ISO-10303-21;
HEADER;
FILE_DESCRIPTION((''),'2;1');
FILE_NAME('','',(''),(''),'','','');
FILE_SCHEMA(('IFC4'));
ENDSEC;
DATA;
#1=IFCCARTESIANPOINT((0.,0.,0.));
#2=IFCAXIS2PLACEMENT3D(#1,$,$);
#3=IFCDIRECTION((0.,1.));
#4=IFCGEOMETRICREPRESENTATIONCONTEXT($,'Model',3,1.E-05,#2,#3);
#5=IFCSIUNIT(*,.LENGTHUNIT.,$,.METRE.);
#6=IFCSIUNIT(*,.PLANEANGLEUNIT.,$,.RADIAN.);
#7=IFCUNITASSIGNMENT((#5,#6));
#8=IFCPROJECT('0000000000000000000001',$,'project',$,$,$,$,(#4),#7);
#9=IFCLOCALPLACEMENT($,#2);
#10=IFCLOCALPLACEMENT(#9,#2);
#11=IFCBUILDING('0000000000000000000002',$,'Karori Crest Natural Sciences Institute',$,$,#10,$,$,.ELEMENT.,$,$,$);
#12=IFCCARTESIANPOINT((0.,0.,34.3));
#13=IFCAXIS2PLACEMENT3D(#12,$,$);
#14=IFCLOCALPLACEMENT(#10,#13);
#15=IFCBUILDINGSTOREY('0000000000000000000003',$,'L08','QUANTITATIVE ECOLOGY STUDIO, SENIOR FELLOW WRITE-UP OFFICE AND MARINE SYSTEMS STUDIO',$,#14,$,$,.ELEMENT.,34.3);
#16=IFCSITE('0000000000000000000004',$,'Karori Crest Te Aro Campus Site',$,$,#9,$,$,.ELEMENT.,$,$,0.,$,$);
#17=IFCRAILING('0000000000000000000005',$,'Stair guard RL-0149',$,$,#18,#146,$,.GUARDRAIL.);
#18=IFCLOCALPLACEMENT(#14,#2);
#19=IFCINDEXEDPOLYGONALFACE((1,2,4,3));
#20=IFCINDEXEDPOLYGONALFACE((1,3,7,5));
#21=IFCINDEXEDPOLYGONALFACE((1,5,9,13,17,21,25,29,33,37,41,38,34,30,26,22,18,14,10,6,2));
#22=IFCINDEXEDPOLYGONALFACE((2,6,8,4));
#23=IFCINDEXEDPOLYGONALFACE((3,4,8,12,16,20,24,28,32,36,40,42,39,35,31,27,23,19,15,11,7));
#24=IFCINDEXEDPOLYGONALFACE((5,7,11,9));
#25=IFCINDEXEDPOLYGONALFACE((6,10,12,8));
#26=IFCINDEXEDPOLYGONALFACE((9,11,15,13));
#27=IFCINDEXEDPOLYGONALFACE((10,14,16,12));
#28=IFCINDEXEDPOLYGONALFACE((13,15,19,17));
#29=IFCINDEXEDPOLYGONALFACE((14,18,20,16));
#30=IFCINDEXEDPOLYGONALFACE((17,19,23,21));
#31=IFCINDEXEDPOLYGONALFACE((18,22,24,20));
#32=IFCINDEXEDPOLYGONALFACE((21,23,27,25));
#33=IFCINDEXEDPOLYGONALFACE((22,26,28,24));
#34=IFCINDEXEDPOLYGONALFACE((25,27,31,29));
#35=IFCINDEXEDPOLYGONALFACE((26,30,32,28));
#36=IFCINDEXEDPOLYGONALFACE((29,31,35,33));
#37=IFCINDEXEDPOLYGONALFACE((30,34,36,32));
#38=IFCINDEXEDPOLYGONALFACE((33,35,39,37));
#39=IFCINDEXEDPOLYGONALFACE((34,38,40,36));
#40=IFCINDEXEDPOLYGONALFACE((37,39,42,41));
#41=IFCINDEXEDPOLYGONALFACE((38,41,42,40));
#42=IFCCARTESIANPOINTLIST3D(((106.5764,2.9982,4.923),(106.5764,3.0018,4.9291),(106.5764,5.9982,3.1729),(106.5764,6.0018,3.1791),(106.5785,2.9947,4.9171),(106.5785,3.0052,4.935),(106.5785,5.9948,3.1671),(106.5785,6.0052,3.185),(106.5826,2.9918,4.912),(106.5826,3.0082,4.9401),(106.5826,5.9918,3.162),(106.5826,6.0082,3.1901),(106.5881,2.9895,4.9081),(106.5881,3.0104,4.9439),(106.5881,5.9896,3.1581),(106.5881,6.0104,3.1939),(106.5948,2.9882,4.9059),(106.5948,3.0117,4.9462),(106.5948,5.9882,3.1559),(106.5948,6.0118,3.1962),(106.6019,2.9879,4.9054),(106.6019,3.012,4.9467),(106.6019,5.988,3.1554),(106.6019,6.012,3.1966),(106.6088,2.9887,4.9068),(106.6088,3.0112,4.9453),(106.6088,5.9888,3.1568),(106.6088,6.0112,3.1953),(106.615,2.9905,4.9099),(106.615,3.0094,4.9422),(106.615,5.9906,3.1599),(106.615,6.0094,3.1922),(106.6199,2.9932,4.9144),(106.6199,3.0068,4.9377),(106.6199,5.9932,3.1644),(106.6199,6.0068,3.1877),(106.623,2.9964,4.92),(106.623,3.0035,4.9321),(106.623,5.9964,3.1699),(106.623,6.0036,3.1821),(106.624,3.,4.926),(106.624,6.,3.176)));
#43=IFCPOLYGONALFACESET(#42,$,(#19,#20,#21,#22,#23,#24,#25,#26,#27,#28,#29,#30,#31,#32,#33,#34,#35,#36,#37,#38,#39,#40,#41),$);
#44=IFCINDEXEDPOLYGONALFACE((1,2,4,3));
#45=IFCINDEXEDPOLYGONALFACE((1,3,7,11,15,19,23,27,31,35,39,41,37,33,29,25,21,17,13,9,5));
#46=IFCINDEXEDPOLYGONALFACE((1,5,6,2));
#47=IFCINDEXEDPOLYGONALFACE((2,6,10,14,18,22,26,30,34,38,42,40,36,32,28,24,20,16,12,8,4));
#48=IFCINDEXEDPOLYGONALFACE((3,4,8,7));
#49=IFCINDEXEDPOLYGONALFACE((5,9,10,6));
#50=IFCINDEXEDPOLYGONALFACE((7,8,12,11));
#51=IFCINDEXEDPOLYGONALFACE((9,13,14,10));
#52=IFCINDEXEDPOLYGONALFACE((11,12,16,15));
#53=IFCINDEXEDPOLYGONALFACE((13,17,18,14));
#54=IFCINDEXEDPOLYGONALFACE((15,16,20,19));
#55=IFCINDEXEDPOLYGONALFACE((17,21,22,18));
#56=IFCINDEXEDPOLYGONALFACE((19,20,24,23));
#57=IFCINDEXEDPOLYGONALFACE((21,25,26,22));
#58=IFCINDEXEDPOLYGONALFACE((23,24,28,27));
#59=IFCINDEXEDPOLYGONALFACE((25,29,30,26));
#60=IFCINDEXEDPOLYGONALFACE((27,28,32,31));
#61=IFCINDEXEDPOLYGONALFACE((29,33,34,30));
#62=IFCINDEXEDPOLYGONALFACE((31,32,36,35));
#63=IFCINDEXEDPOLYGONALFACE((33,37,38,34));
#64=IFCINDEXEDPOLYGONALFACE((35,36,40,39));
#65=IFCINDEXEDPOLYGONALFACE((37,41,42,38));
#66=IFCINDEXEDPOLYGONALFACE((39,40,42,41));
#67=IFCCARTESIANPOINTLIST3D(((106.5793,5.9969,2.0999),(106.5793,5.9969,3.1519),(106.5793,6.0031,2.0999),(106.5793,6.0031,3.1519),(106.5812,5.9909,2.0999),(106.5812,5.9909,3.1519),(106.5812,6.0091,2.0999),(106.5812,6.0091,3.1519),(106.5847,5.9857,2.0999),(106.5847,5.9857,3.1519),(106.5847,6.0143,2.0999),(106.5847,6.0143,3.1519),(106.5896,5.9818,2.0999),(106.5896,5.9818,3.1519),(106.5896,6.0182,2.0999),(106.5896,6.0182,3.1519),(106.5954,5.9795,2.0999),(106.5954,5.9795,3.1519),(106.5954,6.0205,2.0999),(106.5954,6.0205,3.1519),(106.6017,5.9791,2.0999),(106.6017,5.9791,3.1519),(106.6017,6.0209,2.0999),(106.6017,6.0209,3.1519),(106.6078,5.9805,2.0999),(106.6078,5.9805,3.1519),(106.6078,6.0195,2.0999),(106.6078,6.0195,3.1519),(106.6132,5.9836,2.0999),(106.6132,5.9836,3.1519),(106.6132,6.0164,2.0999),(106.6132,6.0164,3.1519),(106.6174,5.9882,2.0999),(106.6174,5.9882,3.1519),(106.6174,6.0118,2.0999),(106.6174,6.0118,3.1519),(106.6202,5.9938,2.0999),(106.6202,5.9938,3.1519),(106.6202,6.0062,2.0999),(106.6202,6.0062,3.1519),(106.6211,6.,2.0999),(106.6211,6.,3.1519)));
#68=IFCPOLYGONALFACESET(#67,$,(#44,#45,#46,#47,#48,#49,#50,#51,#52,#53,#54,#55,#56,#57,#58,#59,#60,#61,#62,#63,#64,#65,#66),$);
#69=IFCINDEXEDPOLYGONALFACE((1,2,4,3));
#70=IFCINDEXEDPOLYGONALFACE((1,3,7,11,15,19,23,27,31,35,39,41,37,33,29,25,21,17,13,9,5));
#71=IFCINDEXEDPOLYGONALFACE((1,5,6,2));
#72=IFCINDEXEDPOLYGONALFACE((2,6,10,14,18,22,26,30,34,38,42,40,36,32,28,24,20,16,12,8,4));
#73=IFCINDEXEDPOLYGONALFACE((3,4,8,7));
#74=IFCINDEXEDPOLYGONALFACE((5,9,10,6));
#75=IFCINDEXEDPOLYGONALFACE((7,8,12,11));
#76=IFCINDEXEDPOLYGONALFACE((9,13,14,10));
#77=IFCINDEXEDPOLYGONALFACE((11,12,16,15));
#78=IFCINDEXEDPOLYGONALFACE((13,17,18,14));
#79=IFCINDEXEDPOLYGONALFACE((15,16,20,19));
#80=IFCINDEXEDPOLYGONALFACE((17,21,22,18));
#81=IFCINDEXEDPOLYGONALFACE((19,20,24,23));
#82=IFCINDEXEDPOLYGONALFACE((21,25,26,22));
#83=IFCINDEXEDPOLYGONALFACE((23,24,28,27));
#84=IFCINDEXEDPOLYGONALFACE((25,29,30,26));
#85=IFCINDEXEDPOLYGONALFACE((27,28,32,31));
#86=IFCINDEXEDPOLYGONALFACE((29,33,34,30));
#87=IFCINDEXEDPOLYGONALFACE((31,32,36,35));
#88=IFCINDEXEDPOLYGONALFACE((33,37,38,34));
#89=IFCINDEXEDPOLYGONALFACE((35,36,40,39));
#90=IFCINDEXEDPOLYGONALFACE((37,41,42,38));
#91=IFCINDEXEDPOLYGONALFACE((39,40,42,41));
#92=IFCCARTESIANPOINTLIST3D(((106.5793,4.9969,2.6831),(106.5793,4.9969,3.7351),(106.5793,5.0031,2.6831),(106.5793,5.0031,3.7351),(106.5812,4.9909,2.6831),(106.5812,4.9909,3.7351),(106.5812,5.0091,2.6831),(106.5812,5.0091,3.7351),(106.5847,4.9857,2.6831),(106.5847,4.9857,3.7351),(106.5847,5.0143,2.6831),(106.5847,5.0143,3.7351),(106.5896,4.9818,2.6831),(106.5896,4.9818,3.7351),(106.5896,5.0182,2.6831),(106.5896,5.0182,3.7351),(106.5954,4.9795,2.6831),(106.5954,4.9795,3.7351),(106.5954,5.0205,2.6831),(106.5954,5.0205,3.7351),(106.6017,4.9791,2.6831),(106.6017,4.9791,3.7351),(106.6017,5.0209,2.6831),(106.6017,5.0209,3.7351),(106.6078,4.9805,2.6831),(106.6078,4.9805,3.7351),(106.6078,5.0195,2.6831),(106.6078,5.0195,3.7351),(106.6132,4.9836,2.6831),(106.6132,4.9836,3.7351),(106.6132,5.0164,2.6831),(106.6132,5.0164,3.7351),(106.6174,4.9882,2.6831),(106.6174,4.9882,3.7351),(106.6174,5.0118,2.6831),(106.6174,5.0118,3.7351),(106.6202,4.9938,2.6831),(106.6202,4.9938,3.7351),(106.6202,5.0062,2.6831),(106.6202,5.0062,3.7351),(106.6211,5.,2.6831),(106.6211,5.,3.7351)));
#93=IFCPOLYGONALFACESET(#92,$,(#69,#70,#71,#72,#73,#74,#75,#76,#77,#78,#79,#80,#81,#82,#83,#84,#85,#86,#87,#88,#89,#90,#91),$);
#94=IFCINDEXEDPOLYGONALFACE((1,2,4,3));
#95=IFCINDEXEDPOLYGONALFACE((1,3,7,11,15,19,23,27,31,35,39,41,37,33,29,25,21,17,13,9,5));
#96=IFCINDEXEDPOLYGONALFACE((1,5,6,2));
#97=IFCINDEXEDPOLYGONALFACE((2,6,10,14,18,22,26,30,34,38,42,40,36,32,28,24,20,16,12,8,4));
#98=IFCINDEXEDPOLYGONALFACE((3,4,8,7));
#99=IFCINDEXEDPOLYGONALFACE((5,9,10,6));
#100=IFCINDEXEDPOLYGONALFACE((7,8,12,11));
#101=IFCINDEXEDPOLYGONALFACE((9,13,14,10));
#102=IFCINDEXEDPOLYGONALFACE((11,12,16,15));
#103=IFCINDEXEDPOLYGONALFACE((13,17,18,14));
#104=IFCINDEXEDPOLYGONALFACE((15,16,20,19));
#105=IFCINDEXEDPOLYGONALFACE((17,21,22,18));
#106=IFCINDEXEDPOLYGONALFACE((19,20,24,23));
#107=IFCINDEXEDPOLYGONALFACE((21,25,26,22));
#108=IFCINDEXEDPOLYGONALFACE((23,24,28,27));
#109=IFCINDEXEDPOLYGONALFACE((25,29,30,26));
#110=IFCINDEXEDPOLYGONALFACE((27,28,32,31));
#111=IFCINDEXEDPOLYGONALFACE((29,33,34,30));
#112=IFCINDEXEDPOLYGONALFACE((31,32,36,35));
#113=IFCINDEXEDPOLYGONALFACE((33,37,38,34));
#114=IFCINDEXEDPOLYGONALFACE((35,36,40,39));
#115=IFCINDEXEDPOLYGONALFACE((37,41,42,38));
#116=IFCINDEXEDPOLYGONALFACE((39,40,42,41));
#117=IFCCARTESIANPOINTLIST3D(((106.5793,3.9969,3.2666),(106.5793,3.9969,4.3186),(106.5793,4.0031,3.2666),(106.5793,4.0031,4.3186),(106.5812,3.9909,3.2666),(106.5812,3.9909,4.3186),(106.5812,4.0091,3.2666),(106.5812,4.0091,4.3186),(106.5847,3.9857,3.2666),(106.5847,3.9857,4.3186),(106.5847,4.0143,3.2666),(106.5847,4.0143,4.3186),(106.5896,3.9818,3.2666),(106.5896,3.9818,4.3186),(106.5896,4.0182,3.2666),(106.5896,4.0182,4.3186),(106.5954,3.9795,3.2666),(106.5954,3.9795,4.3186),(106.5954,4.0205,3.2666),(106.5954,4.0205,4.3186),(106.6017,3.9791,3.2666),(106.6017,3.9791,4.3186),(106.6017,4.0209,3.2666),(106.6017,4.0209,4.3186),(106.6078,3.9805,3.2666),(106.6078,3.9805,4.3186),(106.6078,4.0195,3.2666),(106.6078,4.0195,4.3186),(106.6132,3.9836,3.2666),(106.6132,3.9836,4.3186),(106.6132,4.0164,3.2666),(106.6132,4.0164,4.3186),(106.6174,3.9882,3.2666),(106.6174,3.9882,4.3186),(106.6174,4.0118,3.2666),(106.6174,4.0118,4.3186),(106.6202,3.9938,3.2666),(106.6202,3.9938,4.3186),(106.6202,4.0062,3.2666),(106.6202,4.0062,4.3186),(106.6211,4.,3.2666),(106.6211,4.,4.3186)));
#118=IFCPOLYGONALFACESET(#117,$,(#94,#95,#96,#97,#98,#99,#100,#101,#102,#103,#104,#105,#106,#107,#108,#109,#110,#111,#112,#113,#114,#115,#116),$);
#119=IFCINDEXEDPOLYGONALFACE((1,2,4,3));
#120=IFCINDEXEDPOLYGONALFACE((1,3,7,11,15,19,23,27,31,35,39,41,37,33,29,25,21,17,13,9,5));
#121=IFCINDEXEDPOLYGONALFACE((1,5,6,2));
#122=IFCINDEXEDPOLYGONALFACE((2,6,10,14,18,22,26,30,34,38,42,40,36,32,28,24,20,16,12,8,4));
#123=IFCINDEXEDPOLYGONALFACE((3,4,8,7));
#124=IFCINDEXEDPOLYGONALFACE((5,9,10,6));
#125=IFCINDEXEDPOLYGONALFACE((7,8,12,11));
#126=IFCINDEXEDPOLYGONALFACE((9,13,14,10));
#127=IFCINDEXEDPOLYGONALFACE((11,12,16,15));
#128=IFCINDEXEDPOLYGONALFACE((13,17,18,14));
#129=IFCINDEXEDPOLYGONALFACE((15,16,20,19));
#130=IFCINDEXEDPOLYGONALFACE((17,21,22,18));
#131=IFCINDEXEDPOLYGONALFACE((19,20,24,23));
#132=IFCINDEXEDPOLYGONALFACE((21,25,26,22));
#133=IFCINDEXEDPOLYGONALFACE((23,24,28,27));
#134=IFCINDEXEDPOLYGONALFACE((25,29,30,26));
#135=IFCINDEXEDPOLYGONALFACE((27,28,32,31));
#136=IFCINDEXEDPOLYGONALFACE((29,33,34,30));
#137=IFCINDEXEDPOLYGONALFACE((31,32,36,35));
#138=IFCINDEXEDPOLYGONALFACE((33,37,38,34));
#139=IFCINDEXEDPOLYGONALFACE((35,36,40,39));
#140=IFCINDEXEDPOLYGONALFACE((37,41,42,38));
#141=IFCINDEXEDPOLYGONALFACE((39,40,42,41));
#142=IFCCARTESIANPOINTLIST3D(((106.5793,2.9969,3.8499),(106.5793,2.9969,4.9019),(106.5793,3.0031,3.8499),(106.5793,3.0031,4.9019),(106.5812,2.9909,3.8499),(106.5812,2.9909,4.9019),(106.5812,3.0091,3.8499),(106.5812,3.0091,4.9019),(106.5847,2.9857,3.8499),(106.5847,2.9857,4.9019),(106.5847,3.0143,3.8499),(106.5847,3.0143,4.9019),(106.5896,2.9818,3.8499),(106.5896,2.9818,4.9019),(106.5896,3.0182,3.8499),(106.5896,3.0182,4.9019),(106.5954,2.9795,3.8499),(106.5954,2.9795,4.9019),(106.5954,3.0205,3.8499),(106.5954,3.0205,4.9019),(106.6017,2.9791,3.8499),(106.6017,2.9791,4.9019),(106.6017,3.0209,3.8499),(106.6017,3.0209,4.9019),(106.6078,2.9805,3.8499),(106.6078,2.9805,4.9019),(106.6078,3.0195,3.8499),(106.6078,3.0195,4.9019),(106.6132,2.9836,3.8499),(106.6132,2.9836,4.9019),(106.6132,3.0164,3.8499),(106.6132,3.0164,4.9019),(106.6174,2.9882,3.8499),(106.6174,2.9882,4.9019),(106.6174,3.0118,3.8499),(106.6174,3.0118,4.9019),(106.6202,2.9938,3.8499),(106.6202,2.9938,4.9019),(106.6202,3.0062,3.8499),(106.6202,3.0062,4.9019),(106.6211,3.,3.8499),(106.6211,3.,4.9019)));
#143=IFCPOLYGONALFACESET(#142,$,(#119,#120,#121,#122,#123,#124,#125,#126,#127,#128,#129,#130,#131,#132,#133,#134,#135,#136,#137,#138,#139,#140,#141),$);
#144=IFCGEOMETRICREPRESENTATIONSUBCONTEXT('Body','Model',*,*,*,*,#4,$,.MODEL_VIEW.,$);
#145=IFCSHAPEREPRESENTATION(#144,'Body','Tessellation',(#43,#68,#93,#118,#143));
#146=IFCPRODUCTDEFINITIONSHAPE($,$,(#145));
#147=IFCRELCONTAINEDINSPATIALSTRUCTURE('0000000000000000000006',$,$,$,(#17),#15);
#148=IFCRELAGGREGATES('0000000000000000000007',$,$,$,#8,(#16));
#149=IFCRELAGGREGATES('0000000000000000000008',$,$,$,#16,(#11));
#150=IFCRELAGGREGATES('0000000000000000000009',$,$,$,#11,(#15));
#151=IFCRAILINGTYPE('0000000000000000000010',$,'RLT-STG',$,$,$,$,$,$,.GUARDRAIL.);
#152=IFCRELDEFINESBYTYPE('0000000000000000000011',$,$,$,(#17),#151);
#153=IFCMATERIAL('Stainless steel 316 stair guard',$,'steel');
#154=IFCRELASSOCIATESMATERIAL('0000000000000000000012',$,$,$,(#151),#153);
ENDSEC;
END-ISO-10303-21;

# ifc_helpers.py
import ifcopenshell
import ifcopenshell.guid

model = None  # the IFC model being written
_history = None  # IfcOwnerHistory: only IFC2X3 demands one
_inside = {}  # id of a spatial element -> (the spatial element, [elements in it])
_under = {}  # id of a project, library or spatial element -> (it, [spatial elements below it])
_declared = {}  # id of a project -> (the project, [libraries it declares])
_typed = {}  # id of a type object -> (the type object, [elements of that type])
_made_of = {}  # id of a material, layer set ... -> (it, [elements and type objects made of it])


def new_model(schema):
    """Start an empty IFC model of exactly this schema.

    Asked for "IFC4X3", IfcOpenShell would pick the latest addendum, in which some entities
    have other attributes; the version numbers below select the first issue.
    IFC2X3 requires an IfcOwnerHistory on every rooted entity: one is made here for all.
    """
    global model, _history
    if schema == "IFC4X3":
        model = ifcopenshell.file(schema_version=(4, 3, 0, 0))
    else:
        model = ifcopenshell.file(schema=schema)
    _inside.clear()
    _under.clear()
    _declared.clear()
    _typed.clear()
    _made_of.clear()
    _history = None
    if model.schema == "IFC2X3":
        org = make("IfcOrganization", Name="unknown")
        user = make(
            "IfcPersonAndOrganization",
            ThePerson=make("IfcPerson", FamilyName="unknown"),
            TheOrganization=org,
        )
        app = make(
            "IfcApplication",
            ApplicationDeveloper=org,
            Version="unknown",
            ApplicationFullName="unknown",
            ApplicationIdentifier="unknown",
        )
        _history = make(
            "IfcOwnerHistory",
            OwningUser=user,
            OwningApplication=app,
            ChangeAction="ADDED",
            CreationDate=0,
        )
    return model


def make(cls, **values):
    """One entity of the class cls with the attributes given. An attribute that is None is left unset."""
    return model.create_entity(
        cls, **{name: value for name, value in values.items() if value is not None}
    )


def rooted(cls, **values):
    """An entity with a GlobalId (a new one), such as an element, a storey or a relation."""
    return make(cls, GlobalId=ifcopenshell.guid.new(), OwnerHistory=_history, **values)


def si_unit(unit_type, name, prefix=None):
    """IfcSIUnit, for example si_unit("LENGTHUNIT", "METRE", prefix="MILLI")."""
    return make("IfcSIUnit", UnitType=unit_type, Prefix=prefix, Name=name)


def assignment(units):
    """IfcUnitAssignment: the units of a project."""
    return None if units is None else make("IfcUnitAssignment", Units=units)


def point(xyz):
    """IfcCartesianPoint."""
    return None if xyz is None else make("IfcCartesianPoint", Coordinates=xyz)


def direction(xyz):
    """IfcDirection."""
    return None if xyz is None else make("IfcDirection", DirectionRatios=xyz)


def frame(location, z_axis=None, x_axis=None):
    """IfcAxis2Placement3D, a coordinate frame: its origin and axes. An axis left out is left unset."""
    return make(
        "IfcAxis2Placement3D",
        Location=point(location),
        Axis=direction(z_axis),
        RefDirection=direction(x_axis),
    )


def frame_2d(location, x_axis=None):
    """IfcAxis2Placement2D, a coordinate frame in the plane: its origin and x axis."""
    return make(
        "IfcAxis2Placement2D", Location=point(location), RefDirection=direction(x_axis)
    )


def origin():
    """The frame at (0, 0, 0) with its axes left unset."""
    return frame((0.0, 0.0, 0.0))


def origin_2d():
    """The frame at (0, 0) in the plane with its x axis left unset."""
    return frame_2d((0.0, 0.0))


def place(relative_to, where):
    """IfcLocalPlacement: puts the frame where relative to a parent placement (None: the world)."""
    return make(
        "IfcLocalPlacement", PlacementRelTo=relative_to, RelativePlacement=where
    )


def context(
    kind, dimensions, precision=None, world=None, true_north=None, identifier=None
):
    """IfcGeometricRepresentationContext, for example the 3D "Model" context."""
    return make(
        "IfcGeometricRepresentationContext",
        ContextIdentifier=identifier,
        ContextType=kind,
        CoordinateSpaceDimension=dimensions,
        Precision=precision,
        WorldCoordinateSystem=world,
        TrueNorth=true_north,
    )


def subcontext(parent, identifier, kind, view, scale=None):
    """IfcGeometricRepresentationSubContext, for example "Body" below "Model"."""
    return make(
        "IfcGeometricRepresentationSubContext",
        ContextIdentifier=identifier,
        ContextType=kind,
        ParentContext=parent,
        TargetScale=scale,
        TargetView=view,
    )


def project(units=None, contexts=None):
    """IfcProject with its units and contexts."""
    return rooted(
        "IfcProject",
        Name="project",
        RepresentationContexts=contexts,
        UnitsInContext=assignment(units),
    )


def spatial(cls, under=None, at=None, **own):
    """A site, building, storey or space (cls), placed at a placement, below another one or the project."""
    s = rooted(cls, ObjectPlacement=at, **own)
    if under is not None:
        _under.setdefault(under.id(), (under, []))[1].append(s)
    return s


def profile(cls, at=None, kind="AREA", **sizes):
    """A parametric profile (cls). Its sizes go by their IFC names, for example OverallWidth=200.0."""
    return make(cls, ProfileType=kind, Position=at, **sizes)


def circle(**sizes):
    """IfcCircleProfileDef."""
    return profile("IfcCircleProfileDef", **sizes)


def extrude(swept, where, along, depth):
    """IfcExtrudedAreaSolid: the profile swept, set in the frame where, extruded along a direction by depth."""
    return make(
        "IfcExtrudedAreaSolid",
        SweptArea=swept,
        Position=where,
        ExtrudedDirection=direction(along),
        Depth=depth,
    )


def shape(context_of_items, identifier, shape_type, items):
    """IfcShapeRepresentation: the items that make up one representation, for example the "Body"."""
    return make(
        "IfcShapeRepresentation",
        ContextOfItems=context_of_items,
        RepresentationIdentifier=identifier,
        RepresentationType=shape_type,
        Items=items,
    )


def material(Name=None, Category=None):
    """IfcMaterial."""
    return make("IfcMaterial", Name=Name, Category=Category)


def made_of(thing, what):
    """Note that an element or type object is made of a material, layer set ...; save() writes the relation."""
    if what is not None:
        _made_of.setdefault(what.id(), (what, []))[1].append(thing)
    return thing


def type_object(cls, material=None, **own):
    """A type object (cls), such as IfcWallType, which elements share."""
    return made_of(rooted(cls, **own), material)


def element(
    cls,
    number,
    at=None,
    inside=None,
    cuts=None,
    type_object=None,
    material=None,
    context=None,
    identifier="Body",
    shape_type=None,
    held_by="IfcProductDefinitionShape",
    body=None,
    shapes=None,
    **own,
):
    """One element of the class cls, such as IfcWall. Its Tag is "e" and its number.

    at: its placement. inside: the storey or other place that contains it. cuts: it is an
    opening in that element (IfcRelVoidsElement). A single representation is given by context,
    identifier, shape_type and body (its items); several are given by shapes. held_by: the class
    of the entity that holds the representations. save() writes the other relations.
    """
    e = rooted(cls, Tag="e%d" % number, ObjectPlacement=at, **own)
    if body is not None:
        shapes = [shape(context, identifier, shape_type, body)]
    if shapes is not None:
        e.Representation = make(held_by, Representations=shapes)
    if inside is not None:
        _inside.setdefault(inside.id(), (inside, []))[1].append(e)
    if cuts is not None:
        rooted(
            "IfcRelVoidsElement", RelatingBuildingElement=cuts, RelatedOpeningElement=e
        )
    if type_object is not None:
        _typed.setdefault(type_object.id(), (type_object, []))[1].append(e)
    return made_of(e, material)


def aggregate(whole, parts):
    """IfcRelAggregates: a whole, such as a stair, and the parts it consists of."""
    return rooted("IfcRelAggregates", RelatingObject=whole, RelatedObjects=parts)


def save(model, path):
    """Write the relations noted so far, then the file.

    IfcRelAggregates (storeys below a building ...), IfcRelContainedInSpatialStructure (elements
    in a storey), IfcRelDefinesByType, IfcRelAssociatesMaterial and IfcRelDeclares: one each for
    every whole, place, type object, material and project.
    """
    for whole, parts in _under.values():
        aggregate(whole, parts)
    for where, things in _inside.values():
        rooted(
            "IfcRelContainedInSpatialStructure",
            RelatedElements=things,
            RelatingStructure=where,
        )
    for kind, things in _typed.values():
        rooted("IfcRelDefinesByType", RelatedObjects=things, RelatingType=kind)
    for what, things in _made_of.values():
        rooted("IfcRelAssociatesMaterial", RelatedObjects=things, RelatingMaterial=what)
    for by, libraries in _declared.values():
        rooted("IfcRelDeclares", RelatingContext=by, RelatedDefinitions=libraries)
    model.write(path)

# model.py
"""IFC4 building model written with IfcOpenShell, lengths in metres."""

from ifc_helpers import new_model, si_unit, direction, frame, origin, origin_2d, place, context, subcontext, project, spatial, circle, extrude, material, type_object, element, save


model = new_model("IFC4")

# Units and contexts
model_context = context("Model", 3, precision=1e-05, world=origin(), true_north=direction((0.0, 1.0)))
body_context = subcontext(model_context, "Body", "Model", "MODEL_VIEW")
ifc_project = project(units=[si_unit("LENGTHUNIT", "METRE"), si_unit("PLANEANGLEUNIT", "RADIAN")], contexts=[model_context])

# Site, building, storey
site_placement = place(None, origin())
site = spatial("IfcSite", under=ifc_project, at=site_placement, Name="Karori Crest Te Aro Campus Site", CompositionType="ELEMENT", RefElevation=0.0)
building_placement = place(site_placement, origin())
building = spatial("IfcBuilding", under=site, at=building_placement, Name="Karori Crest Natural Sciences Institute", CompositionType="ELEMENT")
storey_placement = place(building_placement, frame((0.0, 0.0, 34.3)))
storey = spatial("IfcBuildingStorey", under=building, at=storey_placement, Name="L08", Description="QUANTITATIVE ECOLOGY STUDIO, SENIOR FELLOW WRITE-UP OFFICE AND MARINE SYSTEMS STUDIO", CompositionType="ELEMENT", Elevation=34.3)

# Railing
ifc_material_1 = material(Name="Stainless steel 316 stair guard", Category="steel")
railing_type_1 = type_object("IfcRailingType", Name="RLT-STG", PredefinedType="GUARDRAIL", material=ifc_material_1)
railing_1_placement = place(storey_placement, frame((106.6001, 6.0, 2.0999)))
element("IfcRailing", 1, at=railing_1_placement, inside=storey, type_object=railing_type_1, Name="Stair guard RL-0149", PredefinedType="GUARDRAIL", context=body_context, shape_type="SweptSolid", body=[
    extrude(circle(Radius=0.0239, at=origin_2d()), frame((0.0, 0.0, 1.0762), z_axis=(0.0, -0.863779, 0.503871), x_axis=(1.0, 0.0, 0.0)), (0.0, 0.0, 1.0), 3.4731),
    extrude(circle(Radius=0.021, at=origin_2d()), origin(), (0.0, 0.0, 1.0), 1.052),
    extrude(circle(Radius=0.021, at=origin_2d()), frame((0.0, -1.0, 0.5833)), (0.0, 0.0, 1.0), 1.052),
    extrude(circle(Radius=0.021, at=origin_2d()), frame((0.0, -2.0, 1.1667)), (0.0, 0.0, 1.0), 1.052),
    extrude(circle(Radius=0.021, at=origin_2d()), frame((0.0, -3.0, 1.75)), (0.0, 0.0, 1.0), 1.052),
])

save(model, "model.ifc")
